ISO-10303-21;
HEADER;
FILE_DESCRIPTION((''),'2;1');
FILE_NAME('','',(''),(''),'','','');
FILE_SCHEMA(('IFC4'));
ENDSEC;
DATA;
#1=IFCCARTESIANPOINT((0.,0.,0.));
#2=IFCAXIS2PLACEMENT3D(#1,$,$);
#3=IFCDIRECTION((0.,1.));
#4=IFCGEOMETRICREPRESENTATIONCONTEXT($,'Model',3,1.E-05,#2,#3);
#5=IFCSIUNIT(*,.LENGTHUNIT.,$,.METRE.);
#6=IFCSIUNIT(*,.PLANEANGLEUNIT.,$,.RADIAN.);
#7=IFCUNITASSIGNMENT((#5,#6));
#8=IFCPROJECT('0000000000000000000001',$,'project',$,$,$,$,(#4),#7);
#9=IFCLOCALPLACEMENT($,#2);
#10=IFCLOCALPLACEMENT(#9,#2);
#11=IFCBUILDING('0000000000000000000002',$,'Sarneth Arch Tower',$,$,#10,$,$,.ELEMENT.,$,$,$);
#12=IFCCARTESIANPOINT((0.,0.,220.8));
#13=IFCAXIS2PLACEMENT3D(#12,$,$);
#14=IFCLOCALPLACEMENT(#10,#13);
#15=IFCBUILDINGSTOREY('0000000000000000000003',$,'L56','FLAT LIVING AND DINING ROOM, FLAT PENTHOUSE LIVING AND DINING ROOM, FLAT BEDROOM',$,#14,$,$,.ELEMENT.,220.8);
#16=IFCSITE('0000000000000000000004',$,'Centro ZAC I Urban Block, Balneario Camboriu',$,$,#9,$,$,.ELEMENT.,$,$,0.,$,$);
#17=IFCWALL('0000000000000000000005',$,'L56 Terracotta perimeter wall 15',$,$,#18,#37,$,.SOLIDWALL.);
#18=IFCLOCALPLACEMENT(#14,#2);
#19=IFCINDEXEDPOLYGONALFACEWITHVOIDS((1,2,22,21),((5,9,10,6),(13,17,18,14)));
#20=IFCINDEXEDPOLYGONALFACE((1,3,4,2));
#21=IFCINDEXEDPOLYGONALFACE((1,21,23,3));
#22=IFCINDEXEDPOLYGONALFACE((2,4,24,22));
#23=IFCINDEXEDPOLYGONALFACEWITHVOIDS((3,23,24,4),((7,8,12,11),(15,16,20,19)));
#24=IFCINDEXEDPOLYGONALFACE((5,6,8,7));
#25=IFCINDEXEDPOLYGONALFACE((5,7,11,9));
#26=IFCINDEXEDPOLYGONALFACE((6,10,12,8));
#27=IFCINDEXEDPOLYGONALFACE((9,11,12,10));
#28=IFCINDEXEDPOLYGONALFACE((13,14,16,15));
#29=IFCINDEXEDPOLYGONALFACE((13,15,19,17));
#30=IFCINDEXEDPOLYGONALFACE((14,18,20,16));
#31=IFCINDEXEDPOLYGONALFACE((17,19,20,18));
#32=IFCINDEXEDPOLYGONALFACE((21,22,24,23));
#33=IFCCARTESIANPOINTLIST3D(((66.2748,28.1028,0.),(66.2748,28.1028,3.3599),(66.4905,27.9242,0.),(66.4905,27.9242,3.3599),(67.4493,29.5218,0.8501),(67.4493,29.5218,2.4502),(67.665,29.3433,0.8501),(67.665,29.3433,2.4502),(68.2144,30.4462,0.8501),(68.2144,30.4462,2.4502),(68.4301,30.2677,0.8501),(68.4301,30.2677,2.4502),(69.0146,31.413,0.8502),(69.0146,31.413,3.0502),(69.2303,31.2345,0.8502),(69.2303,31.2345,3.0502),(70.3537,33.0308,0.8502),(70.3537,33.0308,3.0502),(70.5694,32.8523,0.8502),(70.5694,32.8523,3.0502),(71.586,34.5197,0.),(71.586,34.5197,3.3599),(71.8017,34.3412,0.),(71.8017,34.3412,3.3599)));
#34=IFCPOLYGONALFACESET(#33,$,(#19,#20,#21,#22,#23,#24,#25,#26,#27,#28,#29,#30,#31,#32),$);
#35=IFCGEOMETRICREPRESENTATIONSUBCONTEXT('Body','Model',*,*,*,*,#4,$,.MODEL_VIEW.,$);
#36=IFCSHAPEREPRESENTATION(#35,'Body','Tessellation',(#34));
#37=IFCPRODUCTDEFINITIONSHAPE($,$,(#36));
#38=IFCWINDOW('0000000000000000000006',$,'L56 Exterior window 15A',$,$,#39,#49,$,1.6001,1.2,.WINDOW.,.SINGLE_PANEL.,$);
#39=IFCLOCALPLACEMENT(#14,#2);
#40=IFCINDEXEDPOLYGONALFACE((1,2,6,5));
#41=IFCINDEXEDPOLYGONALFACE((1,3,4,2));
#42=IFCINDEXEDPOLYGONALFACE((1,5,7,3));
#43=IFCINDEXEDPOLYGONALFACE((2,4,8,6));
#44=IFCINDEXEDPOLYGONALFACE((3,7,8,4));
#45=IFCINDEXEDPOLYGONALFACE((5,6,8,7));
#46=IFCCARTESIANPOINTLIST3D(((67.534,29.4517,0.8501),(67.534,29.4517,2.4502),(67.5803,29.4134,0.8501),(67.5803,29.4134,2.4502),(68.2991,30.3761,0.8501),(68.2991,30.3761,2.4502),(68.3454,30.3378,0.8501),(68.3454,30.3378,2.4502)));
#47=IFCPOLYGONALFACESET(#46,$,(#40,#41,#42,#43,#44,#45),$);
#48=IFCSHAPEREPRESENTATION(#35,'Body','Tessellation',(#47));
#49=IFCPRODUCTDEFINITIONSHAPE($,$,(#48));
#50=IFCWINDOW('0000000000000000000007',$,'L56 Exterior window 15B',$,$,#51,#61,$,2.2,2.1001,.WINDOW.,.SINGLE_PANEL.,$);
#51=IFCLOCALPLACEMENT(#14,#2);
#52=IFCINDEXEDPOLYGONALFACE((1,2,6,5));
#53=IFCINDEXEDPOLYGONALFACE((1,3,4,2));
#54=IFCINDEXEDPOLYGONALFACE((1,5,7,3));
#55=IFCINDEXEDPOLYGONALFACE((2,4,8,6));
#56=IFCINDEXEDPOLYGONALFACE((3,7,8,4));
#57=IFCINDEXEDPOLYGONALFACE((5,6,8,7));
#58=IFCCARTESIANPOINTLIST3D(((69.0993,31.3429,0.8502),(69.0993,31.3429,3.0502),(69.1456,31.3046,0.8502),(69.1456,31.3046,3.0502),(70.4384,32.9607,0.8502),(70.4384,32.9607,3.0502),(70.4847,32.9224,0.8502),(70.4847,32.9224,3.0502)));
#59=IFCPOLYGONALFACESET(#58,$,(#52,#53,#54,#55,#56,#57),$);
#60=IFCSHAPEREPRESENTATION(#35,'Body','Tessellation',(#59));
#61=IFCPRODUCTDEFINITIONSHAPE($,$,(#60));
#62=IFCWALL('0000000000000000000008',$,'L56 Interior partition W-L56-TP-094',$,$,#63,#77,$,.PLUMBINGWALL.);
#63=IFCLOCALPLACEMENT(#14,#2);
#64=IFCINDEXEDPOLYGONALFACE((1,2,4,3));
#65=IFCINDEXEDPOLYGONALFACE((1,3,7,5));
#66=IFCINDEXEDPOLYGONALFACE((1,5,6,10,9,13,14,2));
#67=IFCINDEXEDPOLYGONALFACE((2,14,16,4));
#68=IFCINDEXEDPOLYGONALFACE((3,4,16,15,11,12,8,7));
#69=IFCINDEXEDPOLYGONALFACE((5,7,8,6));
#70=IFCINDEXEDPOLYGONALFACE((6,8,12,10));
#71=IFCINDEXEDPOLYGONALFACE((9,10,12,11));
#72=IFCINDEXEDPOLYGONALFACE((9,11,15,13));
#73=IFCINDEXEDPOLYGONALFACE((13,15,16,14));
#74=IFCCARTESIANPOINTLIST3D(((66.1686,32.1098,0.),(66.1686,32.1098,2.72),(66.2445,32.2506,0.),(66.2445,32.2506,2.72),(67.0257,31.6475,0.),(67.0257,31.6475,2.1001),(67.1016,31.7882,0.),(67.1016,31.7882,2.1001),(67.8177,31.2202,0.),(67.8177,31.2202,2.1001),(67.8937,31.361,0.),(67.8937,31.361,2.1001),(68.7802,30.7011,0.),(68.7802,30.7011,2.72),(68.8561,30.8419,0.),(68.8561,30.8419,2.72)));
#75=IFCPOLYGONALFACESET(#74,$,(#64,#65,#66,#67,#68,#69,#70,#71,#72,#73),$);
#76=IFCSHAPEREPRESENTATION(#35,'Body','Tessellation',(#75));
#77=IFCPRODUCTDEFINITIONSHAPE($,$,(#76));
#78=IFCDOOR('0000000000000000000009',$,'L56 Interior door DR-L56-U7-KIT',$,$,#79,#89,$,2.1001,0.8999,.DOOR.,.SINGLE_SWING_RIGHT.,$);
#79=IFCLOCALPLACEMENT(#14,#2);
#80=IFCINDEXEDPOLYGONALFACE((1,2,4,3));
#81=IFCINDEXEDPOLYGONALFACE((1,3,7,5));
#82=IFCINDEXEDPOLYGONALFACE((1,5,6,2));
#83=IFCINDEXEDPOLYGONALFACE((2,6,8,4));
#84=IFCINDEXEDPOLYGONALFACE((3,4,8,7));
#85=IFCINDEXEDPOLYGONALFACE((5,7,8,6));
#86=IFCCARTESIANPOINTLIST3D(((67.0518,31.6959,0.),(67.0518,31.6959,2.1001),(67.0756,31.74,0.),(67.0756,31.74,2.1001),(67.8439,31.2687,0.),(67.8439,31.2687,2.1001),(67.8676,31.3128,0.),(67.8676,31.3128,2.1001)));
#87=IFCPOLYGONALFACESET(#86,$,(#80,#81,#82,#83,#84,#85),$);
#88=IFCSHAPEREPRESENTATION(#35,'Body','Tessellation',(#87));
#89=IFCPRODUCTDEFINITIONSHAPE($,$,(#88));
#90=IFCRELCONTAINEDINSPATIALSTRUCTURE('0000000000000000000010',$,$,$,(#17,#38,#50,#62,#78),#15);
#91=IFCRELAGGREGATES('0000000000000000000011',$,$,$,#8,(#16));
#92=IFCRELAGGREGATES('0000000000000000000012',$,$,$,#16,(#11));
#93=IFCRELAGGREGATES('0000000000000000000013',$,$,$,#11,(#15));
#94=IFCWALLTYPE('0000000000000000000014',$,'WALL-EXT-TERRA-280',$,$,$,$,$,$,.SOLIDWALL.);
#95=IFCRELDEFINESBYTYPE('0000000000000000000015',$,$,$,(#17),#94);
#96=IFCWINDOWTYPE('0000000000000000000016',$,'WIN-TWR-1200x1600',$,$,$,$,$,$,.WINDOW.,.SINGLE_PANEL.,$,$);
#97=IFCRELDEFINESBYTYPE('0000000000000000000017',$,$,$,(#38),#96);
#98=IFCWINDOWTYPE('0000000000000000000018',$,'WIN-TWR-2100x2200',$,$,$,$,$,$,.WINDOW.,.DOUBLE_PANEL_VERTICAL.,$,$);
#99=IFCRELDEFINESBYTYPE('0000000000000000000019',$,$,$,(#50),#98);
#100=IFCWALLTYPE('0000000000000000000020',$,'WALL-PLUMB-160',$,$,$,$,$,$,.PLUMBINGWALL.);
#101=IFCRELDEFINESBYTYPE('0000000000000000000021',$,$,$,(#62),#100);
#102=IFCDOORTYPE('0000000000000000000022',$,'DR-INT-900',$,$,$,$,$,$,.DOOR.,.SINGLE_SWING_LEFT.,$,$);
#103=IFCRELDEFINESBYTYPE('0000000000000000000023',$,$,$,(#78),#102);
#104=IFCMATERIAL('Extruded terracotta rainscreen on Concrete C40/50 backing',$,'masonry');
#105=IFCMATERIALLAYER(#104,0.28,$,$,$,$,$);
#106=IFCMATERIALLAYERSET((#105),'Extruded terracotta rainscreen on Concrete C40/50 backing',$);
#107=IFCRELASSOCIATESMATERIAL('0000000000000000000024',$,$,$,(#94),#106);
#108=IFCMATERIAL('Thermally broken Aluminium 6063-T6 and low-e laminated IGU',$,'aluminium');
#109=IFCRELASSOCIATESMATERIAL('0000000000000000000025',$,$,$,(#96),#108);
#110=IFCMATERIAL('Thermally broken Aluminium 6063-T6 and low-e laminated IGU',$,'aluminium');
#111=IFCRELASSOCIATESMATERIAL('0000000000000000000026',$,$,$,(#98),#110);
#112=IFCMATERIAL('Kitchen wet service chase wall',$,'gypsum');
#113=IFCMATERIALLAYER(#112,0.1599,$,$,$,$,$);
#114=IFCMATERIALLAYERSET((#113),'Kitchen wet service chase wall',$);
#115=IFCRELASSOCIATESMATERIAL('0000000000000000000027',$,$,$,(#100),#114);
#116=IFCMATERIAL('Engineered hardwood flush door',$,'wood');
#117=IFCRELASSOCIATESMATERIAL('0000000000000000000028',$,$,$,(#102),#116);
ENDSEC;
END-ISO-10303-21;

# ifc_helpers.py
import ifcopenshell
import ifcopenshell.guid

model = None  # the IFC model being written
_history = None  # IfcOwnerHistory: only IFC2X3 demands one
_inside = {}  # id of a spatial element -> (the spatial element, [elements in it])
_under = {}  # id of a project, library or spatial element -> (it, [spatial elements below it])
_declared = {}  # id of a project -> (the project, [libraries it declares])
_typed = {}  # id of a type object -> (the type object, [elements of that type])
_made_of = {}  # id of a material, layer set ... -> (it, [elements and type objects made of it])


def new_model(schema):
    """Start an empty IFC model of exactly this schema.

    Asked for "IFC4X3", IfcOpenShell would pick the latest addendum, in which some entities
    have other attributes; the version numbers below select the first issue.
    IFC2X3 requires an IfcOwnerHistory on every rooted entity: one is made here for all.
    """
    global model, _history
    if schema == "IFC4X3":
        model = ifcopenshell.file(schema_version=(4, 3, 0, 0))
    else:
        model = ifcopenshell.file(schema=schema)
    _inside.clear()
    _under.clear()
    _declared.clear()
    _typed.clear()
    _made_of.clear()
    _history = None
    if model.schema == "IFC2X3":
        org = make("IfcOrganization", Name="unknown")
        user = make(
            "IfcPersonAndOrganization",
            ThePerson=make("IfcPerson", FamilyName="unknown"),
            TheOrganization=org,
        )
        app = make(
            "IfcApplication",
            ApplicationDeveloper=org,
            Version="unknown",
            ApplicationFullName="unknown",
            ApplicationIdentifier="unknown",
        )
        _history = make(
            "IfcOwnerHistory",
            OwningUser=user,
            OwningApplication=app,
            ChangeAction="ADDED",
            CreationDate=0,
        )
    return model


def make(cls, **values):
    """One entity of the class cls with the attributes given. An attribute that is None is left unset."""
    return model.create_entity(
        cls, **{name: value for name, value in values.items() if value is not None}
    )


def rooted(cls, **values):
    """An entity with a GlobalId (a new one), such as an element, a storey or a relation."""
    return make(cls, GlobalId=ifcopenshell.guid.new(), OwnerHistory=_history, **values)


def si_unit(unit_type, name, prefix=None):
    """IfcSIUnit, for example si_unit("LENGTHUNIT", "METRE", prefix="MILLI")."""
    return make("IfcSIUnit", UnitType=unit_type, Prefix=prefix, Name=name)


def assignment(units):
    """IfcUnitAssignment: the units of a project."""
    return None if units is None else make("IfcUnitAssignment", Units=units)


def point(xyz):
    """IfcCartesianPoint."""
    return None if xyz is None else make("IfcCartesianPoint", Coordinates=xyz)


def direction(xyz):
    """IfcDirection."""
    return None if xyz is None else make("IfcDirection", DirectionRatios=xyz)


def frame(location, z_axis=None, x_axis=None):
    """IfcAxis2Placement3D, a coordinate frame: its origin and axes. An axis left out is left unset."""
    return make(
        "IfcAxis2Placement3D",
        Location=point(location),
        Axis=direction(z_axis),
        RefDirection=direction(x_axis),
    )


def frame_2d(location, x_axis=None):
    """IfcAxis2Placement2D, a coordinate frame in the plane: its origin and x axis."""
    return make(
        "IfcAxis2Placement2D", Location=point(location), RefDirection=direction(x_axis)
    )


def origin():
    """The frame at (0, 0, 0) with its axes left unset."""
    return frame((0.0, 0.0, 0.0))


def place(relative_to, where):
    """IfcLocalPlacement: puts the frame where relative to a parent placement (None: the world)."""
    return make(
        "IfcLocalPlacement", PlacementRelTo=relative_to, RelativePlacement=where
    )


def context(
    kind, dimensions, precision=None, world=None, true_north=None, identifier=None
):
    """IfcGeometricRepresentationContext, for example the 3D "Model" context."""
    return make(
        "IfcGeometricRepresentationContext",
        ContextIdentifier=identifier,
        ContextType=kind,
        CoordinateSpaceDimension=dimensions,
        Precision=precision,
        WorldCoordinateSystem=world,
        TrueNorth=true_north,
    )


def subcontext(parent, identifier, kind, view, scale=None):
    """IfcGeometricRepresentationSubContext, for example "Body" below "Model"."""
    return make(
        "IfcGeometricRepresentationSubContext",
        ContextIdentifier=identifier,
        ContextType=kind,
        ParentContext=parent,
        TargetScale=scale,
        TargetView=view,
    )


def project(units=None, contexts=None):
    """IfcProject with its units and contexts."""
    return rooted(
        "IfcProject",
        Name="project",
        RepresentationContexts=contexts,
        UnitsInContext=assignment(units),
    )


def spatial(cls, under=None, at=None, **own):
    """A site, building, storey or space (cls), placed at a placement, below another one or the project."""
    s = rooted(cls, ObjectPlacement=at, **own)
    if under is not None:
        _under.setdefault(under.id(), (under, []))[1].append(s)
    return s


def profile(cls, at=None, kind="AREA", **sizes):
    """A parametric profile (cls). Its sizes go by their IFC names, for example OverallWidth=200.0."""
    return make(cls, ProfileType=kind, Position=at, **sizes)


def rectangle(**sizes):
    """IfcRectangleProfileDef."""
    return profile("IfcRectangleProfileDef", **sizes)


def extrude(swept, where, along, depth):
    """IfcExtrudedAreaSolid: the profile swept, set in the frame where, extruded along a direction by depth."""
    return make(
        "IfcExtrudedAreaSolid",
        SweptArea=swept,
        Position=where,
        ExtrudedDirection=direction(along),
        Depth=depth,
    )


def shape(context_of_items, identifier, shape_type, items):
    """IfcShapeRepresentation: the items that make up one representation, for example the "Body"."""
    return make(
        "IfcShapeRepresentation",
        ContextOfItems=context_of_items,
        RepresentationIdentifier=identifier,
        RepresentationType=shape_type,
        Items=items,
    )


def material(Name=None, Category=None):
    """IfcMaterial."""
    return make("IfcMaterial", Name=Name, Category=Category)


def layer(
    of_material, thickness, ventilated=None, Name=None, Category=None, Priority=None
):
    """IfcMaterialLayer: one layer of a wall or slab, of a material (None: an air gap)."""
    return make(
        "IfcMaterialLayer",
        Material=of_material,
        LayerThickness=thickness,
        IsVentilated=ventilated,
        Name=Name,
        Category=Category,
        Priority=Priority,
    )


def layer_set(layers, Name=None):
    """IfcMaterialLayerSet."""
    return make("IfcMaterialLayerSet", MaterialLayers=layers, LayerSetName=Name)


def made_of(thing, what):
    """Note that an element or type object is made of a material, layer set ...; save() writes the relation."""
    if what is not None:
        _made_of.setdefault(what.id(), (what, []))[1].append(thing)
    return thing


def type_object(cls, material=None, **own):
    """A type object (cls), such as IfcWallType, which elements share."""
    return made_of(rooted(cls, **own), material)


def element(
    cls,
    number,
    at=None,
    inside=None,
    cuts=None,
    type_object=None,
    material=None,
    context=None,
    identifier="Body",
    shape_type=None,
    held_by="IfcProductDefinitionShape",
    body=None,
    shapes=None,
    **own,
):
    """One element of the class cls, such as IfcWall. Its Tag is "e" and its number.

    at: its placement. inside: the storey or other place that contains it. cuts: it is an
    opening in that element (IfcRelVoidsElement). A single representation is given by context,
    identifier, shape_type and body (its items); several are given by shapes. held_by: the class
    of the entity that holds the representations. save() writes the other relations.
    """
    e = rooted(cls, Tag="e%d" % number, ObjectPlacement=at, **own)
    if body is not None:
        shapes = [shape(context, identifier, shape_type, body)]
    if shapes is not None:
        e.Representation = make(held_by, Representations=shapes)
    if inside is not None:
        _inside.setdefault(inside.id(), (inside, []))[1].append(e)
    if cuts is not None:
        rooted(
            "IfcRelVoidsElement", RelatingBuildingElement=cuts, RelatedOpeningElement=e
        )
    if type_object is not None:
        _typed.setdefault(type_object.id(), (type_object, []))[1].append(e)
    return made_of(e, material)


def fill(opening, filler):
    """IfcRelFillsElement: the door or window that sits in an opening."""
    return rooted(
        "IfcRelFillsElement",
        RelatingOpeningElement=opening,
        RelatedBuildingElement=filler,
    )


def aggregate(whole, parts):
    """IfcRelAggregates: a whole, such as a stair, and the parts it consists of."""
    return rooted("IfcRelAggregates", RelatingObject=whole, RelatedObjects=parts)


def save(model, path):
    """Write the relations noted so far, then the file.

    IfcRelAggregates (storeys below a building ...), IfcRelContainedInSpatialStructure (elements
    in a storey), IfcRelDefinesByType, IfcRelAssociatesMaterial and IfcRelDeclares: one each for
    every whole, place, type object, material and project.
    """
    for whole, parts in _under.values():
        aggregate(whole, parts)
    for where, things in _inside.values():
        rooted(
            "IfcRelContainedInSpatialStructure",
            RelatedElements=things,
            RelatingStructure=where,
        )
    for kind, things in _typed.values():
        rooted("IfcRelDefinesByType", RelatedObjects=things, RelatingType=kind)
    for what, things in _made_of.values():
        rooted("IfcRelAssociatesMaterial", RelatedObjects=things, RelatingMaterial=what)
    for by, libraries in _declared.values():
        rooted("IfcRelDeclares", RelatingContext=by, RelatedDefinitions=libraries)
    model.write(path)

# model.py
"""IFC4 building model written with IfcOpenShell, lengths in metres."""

from ifc_helpers import new_model, si_unit, direction, frame, frame_2d, origin, place, context, subcontext, project, spatial, rectangle, extrude, material, layer, layer_set, type_object, element, fill, save


model = new_model("IFC4")

# Units and contexts
model_context = context("Model", 3, precision=1e-05, world=origin(), true_north=direction((0.0, 1.0)))
body_context = subcontext(model_context, "Body", "Model", "MODEL_VIEW")
ifc_project = project(units=[si_unit("LENGTHUNIT", "METRE"), si_unit("PLANEANGLEUNIT", "RADIAN")], contexts=[model_context])

# Site, building, storey
site_placement = place(None, origin())
site = spatial("IfcSite", under=ifc_project, at=site_placement, Name="Centro ZAC I Urban Block, Balneario Camboriu", CompositionType="ELEMENT", RefElevation=0.0)
building_placement = place(site_placement, origin())
building = spatial("IfcBuilding", under=site, at=building_placement, Name="Sarneth Arch Tower", CompositionType="ELEMENT")
storey_placement = place(building_placement, frame((0.0, 0.0, 220.8)))
storey = spatial("IfcBuildingStorey", under=building, at=storey_placement, Name="L56", Description="FLAT LIVING AND DINING ROOM, FLAT PENTHOUSE LIVING AND DINING ROOM, FLAT BEDROOM", CompositionType="ELEMENT", Elevation=220.8)

# Wall, openings, windows
ifc_material_1 = material(Name="Extruded terracotta rainscreen on Concrete C40/50 backing", Category="masonry")
ifc_layer_1 = layer(ifc_material_1, 0.28)
ifc_layer_set_1 = layer_set([ifc_layer_1], Name="Extruded terracotta rainscreen on Concrete C40/50 backing")
wall_type_1 = type_object("IfcWallType", Name="WALL-EXT-TERRA-280", PredefinedType="SOLIDWALL", material=ifc_layer_set_1)
wall_1_placement = place(storey_placement, frame((66.3826, 28.0134, 0.0), z_axis=(0.0, 0.0, 1.0), x_axis=(0.637615, 0.770355, 0.0)))
wall_1 = element("IfcWall", 1, at=wall_1_placement, inside=storey, type_object=wall_type_1, Name="L56 Terracotta perimeter wall 15", PredefinedType="SOLIDWALL", context=body_context, shape_type="SweptSolid", body=[
    extrude(rectangle(XDim=8.3298, YDim=0.28, at=frame_2d((4.165, 0.0))), origin(), (0.0, 0.0, 1.0), 3.3599),
])
opening_1_placement = place(wall_1_placement, frame((1.842, 0.0, 0.8501)))
opening_1 = element("IfcOpeningElement", 2, at=opening_1_placement, cuts=wall_1, PredefinedType="OPENING", context=body_context, shape_type="SweptSolid", body=[
    extrude(rectangle(XDim=1.2, YDim=1.6001, at=frame_2d((0.6001, 0.8))), frame((0.0, 0.1499, 0.0), z_axis=(0.0, -1.0, 0.0), x_axis=(1.0, 0.0, 0.0)), (0.0, 0.0, 1.0), 0.3),
])
opening_2_placement = place(wall_1_placement, frame((4.2971, 0.0, 0.8501)))
opening_2 = element("IfcOpeningElement", 3, at=opening_2_placement, cuts=wall_1, PredefinedType="OPENING", context=body_context, shape_type="SweptSolid", body=[
    extrude(rectangle(XDim=2.1001, YDim=2.2, at=frame_2d((1.05, 1.1001))), frame((0.0, 0.1499, 0.0), z_axis=(0.0, -1.0, 0.0), x_axis=(1.0, 0.0, 0.0)), (0.0, 0.0, 1.0), 0.3),
])
ifc_material_2 = material(Name="Thermally broken Aluminium 6063-T6 and low-e laminated IGU", Category="aluminium")
window_type_1 = type_object("IfcWindowType", Name="WIN-TWR-1200x1600", PartitioningType="SINGLE_PANEL", PredefinedType="WINDOW", material=ifc_material_2)
window_1_placement = place(opening_1_placement, origin())
window_1 = element("IfcWindow", 4, at=window_1_placement, inside=storey, type_object=window_type_1, Name="L56 Exterior window 15A", OverallHeight=1.6001, OverallWidth=1.2, PartitioningType="SINGLE_PANEL", PredefinedType="WINDOW", context=body_context, shape_type="SweptSolid", body=[
    extrude(rectangle(XDim=1.2, YDim=1.6001, at=frame_2d((0.6001, 0.8))), frame((0.0, 0.03, 0.0), z_axis=(0.0, -1.0, 0.0), x_axis=(1.0, 0.0, 0.0)), (0.0, 0.0, 1.0), 0.0601),
])
fill(opening_1, window_1)
ifc_material_3 = material(Name="Thermally broken Aluminium 6063-T6 and low-e laminated IGU", Category="aluminium")
window_type_2 = type_object("IfcWindowType", Name="WIN-TWR-2100x2200", PartitioningType="DOUBLE_PANEL_VERTICAL", PredefinedType="WINDOW", material=ifc_material_3)
window_2_placement = place(opening_2_placement, origin())
window_2 = element("IfcWindow", 5, at=window_2_placement, inside=storey, type_object=window_type_2, Name="L56 Exterior window 15B", OverallHeight=2.2, OverallWidth=2.1001, PartitioningType="SINGLE_PANEL", PredefinedType="WINDOW", context=body_context, shape_type="SweptSolid", body=[
    extrude(rectangle(XDim=2.1001, YDim=2.2, at=frame_2d((1.05, 1.1001))), frame((0.0, 0.03, 0.0), z_axis=(0.0, -1.0, 0.0), x_axis=(1.0, 0.0, 0.0)), (0.0, 0.0, 1.0), 0.0601),
])
fill(opening_2, window_2)

# Wall, opening, door
ifc_material_4 = material(Name="Kitchen wet service chase wall", Category="gypsum")
ifc_layer_2 = layer(ifc_material_4, 0.1599)
ifc_layer_set_2 = layer_set([ifc_layer_2], Name="Kitchen wet service chase wall")
wall_type_2 = type_object("IfcWallType", Name="WALL-PLUMB-160", PredefinedType="PLUMBINGWALL", material=ifc_layer_set_2)
wall_2_placement = place(storey_placement, frame((68.8181, 30.7715, 0.0), z_axis=(0.0, 0.0, 1.0), x_axis=(-0.880125, 0.474742, 0.0)))
wall_2 = element("IfcWall", 6, at=wall_2_placement, inside=storey, type_object=wall_type_2, Name="L56 Interior partition W-L56-TP-094", PredefinedType="PLUMBINGWALL", context=body_context, shape_type="SweptSolid", body=[
    extrude(rectangle(XDim=2.9673, YDim=0.1599, at=frame_2d((1.4836, 0.0))), origin(), (0.0, 0.0, 1.0), 2.72),
])
opening_3_placement = place(wall_2_placement, frame((1.0935, 0.0, 0.0)))
opening_3 = element("IfcOpeningElement", 7, at=opening_3_placement, cuts=wall_2, PredefinedType="OPENING", context=body_context, shape_type="SweptSolid", body=[
    extrude(rectangle(XDim=0.8999, YDim=2.1001, at=frame_2d((0.45, 1.05))), frame((0.0, 0.0898, 0.0), z_axis=(0.0, -1.0, 0.0), x_axis=(1.0, 0.0, 0.0)), (0.0, 0.0, 1.0), 0.1799),
])
ifc_material_5 = material(Name="Engineered hardwood flush door", Category="wood")
door_type = type_object("IfcDoorType", Name="DR-INT-900", OperationType="SINGLE_SWING_LEFT", PredefinedType="DOOR", material=ifc_material_5)
door_placement = place(opening_3_placement, origin())
door = element("IfcDoor", 8, at=door_placement, inside=storey, type_object=door_type, Name="L56 Interior door DR-L56-U7-KIT", OperationType="SINGLE_SWING_RIGHT", OverallHeight=2.1001, OverallWidth=0.8999, PredefinedType="DOOR", context=body_context, shape_type="SweptSolid", body=[
    extrude(rectangle(XDim=0.8999, YDim=2.1001, at=frame_2d((0.45, 1.05))), frame((0.0, 0.0249, 0.0), z_axis=(0.0, -1.0, 0.0), x_axis=(1.0, 0.0, 0.0)), (0.0, 0.0, 1.0), 0.05),
])
fill(opening_3, door)

save(model, "model.ifc")
